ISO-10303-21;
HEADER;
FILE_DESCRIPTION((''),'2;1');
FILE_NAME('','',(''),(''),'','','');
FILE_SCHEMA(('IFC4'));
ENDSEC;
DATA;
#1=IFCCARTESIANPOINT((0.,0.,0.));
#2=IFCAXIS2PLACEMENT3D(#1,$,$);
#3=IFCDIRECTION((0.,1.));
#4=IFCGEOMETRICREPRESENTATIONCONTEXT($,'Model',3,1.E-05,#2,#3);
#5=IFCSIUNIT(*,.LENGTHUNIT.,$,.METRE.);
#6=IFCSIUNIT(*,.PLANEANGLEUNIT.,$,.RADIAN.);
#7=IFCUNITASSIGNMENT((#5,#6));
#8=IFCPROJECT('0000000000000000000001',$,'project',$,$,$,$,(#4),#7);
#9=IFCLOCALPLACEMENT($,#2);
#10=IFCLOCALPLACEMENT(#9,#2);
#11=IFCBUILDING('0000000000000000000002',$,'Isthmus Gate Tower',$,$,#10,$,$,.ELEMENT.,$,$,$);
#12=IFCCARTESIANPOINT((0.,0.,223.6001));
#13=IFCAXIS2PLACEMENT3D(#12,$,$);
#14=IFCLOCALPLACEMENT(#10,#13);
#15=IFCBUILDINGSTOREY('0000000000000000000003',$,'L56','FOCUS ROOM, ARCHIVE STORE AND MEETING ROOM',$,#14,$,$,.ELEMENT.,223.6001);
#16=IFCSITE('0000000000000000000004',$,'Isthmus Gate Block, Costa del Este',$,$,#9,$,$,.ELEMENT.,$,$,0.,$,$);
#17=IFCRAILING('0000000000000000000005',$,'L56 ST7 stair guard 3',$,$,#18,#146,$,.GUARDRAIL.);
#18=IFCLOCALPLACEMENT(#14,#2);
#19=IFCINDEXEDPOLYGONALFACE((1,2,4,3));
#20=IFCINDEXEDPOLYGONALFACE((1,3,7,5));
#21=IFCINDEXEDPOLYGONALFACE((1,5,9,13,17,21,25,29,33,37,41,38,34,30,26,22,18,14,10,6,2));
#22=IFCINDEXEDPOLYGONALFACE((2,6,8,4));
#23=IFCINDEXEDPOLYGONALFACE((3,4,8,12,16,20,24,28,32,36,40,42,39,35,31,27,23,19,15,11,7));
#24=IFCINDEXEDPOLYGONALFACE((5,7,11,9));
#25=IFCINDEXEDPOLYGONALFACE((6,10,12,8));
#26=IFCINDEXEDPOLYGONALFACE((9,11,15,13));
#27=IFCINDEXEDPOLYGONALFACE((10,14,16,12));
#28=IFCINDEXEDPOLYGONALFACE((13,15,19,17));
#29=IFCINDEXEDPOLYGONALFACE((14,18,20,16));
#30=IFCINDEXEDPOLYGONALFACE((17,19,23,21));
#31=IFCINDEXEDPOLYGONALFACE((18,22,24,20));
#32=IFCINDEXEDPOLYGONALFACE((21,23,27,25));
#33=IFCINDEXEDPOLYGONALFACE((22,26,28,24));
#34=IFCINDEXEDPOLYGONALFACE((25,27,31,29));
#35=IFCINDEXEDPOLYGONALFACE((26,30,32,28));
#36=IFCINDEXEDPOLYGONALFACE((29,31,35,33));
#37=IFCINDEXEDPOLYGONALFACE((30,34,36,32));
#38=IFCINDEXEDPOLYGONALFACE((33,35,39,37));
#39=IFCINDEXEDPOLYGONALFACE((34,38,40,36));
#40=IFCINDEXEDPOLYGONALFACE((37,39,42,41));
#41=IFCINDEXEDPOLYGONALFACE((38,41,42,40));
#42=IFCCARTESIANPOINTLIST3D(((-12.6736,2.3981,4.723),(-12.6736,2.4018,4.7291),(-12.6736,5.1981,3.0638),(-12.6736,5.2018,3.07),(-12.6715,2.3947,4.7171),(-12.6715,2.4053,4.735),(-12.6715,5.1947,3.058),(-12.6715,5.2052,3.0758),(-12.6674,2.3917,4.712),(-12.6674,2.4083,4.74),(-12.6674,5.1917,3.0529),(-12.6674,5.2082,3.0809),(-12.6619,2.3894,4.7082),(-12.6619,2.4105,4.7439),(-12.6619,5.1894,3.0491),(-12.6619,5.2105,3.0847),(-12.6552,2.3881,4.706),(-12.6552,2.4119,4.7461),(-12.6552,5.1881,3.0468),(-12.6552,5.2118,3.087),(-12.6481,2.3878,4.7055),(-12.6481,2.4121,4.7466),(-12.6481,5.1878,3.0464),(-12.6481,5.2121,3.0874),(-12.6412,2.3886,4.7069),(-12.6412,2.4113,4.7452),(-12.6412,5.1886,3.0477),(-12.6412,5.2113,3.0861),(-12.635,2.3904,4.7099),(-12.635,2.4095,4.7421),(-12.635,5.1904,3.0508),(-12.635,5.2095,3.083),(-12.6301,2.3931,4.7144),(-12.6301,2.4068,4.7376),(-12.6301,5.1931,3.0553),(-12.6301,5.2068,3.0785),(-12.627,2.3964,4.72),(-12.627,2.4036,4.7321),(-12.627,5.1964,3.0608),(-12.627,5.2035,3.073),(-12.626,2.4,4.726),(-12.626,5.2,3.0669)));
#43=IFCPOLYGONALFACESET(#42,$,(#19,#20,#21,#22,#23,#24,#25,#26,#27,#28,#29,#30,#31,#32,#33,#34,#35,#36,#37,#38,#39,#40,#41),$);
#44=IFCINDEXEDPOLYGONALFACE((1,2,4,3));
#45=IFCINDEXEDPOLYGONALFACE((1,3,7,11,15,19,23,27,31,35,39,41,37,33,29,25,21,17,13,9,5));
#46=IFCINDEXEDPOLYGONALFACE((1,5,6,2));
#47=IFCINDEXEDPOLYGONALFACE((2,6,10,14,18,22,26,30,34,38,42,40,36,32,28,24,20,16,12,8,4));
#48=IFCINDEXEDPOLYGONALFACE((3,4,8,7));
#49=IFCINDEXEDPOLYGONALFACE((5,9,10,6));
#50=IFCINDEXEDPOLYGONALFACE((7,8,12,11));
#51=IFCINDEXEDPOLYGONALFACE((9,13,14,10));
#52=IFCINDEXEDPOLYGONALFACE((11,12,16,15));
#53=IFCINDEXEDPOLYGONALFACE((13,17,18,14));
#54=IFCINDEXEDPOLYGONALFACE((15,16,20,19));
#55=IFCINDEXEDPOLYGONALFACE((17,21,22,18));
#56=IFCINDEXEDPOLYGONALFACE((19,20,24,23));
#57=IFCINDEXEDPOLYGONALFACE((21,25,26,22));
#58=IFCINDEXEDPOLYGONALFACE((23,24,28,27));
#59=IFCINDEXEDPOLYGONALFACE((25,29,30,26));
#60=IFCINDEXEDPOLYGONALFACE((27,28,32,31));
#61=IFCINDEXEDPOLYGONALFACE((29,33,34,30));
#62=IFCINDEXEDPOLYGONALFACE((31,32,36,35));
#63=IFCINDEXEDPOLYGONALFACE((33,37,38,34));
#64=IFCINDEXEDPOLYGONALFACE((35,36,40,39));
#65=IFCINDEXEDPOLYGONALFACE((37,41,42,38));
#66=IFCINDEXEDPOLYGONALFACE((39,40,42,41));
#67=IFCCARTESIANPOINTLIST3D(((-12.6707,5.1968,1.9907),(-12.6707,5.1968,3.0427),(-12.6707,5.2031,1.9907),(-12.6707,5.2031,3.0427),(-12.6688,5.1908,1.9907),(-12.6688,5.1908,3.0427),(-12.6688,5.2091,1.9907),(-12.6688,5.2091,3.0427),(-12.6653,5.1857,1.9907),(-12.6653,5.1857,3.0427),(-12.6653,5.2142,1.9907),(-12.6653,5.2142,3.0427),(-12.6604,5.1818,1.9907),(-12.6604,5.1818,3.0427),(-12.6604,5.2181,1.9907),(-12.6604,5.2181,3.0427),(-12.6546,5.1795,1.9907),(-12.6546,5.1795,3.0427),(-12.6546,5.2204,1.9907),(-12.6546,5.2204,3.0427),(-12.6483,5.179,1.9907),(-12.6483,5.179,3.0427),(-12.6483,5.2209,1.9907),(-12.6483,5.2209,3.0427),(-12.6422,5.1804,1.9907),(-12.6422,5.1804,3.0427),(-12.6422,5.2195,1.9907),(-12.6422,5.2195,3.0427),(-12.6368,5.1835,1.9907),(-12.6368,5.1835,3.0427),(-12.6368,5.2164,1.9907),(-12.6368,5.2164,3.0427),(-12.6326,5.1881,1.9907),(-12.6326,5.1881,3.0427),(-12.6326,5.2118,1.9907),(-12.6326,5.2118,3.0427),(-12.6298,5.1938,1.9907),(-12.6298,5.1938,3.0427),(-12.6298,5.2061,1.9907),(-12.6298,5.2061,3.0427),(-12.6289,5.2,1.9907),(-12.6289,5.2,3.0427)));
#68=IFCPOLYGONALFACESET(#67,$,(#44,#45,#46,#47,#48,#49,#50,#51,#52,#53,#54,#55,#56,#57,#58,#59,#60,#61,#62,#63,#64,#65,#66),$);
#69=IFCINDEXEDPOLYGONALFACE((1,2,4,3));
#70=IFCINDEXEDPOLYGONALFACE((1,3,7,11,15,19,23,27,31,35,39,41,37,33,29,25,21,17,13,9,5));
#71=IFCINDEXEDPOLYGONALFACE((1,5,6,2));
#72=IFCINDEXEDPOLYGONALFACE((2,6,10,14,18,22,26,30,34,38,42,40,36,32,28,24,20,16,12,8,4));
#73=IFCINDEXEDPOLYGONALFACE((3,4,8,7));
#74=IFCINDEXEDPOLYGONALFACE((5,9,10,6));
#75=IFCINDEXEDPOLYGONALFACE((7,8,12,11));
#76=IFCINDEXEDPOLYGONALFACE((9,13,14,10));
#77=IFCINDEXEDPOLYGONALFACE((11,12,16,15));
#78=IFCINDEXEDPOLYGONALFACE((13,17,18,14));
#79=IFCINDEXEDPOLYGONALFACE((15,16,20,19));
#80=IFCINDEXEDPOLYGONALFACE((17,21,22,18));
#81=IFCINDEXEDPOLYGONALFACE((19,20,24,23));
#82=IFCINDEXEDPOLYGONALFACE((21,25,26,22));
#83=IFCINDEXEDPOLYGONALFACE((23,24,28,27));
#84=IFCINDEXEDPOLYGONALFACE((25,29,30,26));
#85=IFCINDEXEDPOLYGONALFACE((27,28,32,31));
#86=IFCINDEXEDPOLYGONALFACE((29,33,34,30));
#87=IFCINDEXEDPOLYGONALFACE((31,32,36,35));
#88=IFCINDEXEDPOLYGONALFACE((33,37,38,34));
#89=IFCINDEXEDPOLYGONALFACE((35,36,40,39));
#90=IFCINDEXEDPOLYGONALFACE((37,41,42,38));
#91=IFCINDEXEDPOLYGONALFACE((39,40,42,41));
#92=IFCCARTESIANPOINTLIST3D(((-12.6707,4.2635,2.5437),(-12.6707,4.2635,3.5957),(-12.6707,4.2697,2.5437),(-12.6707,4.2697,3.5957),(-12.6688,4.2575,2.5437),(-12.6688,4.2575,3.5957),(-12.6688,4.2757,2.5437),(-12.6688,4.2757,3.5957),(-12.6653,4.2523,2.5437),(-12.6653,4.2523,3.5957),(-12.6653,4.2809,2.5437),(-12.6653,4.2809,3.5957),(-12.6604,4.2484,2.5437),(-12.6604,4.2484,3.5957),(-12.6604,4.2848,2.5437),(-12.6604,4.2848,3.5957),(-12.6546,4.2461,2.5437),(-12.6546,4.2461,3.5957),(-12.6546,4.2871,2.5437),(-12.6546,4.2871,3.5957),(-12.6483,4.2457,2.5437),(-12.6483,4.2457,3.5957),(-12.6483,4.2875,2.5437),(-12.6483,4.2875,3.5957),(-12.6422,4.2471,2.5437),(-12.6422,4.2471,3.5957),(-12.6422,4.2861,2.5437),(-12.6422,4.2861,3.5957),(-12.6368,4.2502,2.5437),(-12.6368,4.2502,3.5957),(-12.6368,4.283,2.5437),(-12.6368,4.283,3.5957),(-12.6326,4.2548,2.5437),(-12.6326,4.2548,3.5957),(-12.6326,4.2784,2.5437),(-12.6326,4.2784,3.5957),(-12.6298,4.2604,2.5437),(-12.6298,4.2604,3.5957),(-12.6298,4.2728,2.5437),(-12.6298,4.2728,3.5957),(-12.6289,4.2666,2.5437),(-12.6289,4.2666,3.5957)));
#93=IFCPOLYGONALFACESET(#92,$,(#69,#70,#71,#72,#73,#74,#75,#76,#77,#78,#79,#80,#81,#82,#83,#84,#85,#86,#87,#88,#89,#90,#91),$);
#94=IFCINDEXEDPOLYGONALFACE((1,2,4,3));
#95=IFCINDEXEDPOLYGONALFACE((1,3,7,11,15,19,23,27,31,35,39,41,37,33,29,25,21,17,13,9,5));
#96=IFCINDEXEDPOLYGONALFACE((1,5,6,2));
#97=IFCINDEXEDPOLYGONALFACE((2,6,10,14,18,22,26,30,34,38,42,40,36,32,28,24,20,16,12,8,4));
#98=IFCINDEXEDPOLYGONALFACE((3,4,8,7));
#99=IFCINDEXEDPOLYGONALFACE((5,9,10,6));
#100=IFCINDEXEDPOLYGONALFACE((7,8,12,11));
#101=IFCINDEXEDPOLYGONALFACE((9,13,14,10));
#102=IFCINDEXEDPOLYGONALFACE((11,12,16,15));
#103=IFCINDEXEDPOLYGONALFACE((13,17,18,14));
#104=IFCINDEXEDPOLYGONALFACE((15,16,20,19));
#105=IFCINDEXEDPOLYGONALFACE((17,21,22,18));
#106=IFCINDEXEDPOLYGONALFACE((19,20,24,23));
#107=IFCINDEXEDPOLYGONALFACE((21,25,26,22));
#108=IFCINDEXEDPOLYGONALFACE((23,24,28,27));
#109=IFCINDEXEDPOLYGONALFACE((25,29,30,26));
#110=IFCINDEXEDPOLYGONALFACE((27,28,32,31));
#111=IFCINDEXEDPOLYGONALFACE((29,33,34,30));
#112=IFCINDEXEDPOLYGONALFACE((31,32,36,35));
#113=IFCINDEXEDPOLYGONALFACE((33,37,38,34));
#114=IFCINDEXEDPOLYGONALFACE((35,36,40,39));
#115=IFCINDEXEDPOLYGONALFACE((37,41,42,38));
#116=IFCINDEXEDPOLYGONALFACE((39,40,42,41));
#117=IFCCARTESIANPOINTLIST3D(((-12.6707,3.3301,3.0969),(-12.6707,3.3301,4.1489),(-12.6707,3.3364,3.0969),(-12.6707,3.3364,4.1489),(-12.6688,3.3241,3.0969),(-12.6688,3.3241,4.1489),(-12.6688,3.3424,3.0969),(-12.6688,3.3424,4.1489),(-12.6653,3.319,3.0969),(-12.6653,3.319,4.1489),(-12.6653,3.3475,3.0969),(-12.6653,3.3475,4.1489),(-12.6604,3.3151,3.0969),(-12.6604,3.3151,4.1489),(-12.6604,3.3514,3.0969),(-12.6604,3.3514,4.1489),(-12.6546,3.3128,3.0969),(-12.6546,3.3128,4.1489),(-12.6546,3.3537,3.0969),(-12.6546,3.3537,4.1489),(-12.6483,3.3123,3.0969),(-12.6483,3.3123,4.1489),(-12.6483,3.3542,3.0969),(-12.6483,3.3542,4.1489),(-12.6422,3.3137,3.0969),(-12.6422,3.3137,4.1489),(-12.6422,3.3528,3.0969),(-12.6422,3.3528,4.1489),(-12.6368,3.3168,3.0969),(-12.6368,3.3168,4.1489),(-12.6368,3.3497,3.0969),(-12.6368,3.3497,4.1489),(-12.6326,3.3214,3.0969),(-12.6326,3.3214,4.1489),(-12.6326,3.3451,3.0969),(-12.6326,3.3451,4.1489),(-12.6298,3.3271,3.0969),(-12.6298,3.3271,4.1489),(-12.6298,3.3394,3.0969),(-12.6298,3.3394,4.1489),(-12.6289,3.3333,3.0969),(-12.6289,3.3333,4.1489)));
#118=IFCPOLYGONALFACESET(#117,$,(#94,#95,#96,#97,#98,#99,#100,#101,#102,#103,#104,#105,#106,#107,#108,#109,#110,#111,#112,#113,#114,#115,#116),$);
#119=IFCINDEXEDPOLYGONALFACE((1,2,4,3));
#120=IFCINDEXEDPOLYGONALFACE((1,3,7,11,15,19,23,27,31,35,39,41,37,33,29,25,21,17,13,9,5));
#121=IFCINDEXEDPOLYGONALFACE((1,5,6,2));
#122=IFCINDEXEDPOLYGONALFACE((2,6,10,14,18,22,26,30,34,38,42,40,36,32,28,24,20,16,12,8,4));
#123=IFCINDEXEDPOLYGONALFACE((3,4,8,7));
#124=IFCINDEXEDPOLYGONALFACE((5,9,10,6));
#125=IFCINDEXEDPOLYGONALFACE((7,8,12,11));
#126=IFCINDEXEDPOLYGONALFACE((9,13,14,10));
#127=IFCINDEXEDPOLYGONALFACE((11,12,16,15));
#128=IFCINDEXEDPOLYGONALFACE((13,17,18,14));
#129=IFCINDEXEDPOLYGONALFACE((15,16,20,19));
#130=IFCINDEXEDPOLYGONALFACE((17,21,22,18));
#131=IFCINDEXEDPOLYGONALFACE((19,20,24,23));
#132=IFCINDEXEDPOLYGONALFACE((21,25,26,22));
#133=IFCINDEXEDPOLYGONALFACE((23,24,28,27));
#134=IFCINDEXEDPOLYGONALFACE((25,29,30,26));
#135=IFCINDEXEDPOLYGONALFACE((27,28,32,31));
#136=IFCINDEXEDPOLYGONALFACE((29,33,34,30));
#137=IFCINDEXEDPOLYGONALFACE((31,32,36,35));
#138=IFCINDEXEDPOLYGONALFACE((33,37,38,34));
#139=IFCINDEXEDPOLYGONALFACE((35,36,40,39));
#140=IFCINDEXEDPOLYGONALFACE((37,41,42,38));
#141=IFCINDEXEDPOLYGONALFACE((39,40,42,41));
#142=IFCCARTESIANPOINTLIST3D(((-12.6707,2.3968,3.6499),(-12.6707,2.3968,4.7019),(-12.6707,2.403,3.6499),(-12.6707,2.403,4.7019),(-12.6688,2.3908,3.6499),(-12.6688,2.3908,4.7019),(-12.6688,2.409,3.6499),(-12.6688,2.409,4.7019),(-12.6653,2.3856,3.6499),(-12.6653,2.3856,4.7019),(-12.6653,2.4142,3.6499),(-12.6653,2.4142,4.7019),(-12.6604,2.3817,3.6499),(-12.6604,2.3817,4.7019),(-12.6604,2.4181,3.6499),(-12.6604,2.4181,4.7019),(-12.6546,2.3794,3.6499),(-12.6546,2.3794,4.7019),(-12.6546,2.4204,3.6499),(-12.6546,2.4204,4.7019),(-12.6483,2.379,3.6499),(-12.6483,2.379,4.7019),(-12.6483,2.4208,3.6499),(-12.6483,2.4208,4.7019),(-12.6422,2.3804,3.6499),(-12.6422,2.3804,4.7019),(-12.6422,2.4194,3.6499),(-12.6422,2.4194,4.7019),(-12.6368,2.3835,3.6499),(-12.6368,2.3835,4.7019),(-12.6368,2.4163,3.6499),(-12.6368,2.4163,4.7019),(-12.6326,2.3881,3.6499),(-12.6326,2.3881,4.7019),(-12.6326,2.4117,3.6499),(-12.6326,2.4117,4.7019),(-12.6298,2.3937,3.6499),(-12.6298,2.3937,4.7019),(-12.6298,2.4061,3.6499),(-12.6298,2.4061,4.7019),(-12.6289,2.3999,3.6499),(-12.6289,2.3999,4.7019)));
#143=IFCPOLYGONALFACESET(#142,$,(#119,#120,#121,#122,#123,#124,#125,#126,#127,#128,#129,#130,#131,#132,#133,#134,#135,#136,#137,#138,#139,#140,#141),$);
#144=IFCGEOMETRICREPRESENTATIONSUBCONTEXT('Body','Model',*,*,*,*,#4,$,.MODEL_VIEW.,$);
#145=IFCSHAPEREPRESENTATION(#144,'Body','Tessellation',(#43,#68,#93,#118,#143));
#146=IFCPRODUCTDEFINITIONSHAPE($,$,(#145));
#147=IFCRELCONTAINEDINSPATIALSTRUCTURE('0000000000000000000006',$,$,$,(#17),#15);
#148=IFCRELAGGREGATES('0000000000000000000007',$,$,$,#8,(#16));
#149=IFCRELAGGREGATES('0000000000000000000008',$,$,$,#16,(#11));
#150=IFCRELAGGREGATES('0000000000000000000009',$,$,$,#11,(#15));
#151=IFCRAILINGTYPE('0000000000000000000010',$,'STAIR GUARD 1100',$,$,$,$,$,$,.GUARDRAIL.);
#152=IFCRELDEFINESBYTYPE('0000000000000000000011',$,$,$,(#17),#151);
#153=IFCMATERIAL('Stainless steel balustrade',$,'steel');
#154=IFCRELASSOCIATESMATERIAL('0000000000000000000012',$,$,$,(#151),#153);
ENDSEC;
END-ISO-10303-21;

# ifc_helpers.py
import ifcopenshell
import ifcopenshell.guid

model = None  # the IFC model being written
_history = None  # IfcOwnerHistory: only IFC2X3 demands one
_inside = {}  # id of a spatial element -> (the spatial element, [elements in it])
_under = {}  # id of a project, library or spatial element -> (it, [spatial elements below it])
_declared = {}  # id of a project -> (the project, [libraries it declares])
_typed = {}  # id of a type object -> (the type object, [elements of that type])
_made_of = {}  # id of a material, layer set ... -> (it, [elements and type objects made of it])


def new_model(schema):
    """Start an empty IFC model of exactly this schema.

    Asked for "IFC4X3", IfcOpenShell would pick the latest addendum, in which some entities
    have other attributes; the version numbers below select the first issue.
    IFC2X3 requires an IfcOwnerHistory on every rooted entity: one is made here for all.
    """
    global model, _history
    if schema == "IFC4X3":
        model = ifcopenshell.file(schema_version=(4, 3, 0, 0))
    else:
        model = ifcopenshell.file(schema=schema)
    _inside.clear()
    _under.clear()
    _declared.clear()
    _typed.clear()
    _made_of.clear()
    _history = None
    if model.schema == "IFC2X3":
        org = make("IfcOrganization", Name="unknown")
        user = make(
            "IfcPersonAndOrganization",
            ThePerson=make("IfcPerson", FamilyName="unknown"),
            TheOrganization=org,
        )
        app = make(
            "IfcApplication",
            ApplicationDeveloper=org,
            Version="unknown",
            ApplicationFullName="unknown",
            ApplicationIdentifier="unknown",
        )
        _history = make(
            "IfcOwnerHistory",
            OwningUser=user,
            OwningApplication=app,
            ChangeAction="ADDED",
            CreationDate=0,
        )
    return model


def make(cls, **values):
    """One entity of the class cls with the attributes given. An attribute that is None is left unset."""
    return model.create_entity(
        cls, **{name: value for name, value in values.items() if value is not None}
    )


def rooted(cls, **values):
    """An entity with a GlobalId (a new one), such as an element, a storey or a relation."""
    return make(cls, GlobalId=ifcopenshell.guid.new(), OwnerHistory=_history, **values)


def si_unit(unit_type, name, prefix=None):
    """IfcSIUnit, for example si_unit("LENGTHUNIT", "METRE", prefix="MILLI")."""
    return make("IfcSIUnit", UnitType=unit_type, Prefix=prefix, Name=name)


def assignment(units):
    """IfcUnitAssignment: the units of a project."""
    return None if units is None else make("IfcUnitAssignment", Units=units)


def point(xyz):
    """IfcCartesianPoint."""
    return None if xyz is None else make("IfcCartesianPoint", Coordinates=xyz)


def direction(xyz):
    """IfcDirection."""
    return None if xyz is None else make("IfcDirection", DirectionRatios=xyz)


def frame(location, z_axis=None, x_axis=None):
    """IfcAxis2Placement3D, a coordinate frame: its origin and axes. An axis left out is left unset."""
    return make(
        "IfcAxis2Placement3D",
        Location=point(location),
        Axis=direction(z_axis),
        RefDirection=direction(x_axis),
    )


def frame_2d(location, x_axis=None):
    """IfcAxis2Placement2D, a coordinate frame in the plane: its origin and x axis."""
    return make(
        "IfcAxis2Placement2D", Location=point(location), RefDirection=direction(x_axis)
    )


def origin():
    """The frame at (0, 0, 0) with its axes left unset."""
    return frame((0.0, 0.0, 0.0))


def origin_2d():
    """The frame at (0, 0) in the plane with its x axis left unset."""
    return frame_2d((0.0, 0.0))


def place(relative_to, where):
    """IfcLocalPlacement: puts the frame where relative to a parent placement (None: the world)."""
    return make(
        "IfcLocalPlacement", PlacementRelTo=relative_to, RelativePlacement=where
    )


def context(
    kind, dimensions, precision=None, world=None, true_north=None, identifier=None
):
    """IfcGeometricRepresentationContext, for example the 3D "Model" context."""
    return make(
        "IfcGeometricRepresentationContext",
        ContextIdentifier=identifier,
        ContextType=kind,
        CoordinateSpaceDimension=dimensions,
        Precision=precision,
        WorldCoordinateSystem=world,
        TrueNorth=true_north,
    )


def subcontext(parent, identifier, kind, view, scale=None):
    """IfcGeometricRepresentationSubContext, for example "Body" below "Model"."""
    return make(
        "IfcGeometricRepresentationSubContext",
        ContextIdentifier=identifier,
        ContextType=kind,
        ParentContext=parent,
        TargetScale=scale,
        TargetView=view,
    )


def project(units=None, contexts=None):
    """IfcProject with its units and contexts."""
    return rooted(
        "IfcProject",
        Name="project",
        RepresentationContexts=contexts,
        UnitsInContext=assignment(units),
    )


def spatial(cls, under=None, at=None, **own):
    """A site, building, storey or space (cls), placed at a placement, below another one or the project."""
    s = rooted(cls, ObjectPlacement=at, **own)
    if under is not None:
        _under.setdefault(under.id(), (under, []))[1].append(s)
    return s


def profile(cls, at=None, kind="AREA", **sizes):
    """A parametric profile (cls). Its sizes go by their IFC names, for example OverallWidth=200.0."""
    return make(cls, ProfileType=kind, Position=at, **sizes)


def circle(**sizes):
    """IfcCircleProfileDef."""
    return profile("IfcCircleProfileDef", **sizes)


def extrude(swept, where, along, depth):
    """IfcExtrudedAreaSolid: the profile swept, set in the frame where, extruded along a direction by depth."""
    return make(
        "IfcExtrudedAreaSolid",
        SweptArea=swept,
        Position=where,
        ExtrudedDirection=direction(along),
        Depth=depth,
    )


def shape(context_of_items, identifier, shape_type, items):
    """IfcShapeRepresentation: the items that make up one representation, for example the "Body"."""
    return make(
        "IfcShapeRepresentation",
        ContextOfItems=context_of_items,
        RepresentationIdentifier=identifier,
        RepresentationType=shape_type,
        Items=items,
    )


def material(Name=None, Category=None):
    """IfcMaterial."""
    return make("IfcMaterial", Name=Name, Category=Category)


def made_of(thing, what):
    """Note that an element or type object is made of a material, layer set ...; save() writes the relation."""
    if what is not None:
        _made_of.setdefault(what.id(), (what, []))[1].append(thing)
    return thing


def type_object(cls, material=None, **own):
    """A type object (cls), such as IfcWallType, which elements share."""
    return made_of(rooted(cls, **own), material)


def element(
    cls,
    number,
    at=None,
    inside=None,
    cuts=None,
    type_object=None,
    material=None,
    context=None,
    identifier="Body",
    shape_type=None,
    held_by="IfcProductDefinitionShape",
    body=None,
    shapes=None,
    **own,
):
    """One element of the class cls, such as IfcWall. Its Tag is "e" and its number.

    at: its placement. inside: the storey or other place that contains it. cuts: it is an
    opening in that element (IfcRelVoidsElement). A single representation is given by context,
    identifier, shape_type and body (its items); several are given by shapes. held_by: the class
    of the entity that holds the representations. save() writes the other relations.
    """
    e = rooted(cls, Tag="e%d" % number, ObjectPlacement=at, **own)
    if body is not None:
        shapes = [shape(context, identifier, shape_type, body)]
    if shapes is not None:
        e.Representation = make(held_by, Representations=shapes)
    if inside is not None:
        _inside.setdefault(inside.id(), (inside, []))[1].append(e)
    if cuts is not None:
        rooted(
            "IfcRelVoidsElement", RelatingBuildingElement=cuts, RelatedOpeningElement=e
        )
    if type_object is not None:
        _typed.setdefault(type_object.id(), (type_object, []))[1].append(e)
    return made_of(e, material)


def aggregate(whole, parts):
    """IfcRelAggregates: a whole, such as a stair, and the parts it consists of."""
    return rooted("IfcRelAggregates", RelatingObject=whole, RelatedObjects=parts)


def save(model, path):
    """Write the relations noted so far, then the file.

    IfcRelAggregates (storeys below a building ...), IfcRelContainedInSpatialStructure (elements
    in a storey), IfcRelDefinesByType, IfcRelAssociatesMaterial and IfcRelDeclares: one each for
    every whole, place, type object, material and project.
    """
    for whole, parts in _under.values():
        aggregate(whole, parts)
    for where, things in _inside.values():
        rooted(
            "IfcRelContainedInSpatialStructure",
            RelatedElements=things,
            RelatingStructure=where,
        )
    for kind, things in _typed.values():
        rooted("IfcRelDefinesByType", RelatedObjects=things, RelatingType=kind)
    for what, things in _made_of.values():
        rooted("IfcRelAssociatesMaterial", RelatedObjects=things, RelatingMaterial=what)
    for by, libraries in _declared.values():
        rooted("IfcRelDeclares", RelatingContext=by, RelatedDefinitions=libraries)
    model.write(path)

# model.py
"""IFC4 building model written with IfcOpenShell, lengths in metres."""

from ifc_helpers import new_model, si_unit, direction, frame, origin, origin_2d, place, context, subcontext, project, spatial, circle, extrude, material, type_object, element, save


model = new_model("IFC4")

# Units and contexts
model_context = context("Model", 3, precision=1e-05, world=origin(), true_north=direction((0.0, 1.0)))
body_context = subcontext(model_context, "Body", "Model", "MODEL_VIEW")
ifc_project = project(units=[si_unit("LENGTHUNIT", "METRE"), si_unit("PLANEANGLEUNIT", "RADIAN")], contexts=[model_context])

# Site, building, storey
site_placement = place(None, origin())
site = spatial("IfcSite", under=ifc_project, at=site_placement, Name="Isthmus Gate Block, Costa del Este", CompositionType="ELEMENT", RefElevation=0.0)
building_placement = place(site_placement, origin())
building = spatial("IfcBuilding", under=site, at=building_placement, Name="Isthmus Gate Tower", CompositionType="ELEMENT")
storey_placement = place(building_placement, frame((0.0, 0.0, 223.6001)))
storey = spatial("IfcBuildingStorey", under=building, at=storey_placement, Name="L56", Description="FOCUS ROOM, ARCHIVE STORE AND MEETING ROOM", CompositionType="ELEMENT", Elevation=223.6001)

# Railing
ifc_material_1 = material(Name="Stainless steel balustrade", Category="steel")
railing_type_1 = type_object("IfcRailingType", Name="STAIR GUARD 1100", PredefinedType="GUARDRAIL", material=ifc_material_1)
railing_1_placement = place(storey_placement, frame((-12.6499, 5.2, 1.9907)))
element("IfcRailing", 1, at=railing_1_placement, inside=storey, type_object=railing_type_1, Name="L56 ST7 stair guard 3", PredefinedType="GUARDRAIL", context=body_context, shape_type="SweptSolid", body=[
    extrude(circle(Radius=0.0239, at=origin_2d()), frame((0.0, 0.0, 1.0762), z_axis=(0.0, -0.860306, 0.509778), x_axis=(1.0, 0.0, 0.0)), (0.0, 0.0, 1.0), 3.2546),
    extrude(circle(Radius=0.021, at=origin_2d()), origin(), (0.0, 0.0, 1.0), 1.052),
    extrude(circle(Radius=0.021, at=origin_2d()), frame((0.0, -0.9333, 0.553)), (0.0, 0.0, 1.0), 1.052),
    extrude(circle(Radius=0.021, at=origin_2d()), frame((0.0, -1.8667, 1.1062)), (0.0, 0.0, 1.0), 1.052),
    extrude(circle(Radius=0.021, at=origin_2d()), frame((0.0, -2.8, 1.6592)), (0.0, 0.0, 1.0), 1.052),
])

save(model, "model.ifc")
